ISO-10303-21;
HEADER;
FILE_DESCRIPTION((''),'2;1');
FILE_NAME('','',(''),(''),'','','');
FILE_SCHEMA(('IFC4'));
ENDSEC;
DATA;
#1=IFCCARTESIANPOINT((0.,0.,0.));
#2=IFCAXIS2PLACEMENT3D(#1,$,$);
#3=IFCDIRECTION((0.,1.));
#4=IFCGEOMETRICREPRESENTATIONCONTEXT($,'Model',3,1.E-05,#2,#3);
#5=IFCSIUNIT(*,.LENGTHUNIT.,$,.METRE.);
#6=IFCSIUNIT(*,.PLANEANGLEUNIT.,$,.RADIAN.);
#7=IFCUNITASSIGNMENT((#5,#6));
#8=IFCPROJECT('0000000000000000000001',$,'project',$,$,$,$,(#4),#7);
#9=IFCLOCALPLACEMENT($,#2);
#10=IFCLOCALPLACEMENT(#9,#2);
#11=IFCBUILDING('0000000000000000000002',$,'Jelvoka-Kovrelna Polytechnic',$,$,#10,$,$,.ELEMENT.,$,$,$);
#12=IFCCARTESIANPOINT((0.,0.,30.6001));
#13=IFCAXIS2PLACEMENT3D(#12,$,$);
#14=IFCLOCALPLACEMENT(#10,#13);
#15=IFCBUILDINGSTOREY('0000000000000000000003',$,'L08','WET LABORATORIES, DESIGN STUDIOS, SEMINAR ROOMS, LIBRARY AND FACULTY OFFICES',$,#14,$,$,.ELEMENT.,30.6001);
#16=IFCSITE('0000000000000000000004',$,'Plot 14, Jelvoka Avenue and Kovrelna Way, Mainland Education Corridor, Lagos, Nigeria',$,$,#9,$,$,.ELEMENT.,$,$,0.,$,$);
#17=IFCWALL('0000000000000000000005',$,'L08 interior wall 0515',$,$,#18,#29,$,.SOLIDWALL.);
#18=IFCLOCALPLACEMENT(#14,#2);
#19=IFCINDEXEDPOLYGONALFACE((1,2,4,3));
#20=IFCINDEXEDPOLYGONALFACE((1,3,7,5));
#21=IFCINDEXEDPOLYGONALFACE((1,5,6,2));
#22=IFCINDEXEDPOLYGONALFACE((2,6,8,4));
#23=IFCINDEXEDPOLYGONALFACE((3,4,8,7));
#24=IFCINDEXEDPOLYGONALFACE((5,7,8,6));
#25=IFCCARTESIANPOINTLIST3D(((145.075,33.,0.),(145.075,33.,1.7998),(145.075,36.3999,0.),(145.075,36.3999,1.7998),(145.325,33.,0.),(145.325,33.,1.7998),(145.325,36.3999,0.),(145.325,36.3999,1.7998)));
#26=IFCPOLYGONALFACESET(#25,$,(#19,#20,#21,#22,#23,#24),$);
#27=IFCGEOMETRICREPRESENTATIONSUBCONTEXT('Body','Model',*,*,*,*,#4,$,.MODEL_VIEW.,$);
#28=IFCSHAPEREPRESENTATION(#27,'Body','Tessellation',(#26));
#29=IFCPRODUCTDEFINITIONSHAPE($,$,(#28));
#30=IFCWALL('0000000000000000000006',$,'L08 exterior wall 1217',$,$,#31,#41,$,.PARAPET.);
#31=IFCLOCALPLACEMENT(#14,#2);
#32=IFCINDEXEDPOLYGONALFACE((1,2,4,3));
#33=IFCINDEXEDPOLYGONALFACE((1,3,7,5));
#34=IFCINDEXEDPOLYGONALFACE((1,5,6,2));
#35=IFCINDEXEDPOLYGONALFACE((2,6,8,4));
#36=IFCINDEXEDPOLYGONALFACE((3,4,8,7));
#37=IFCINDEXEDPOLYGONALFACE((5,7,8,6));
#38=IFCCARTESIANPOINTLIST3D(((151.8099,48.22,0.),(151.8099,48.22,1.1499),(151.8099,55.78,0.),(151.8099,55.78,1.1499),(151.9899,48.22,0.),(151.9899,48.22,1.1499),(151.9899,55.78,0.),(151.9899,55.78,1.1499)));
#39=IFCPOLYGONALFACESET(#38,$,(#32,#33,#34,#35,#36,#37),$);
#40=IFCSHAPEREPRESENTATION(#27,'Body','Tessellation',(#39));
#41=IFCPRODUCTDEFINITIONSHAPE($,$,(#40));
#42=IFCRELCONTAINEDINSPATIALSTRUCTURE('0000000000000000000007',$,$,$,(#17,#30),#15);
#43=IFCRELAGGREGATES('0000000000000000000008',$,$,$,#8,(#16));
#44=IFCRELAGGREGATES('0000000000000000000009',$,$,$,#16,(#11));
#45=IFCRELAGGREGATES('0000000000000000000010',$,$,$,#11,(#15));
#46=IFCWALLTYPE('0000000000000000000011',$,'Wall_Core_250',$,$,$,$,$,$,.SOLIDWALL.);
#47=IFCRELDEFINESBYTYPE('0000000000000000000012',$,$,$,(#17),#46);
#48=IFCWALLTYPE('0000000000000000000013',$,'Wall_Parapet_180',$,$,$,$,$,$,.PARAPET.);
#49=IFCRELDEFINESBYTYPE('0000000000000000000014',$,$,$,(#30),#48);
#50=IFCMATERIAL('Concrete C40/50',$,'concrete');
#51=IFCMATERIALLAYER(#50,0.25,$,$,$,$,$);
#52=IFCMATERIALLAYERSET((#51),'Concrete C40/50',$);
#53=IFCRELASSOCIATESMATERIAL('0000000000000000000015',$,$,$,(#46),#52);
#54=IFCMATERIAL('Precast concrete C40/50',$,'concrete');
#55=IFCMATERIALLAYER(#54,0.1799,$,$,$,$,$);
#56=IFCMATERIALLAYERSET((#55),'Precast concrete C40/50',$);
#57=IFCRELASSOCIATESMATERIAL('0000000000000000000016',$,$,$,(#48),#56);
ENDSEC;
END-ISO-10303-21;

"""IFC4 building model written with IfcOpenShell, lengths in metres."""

from ifc_helpers import new_model, si_unit, direction, frame, frame_2d, origin, place, context, subcontext, project, spatial, rectangle, extrude, material, layer, layer_set, type_object, element, save


model = new_model("IFC4")

# Units and contexts
model_context = context("Model", 3, precision=1e-05, world=origin(), true_north=direction((0.0, 1.0)))
body_context = subcontext(model_context, "Body", "Model", "MODEL_VIEW")
ifc_project = project(units=[si_unit("LENGTHUNIT", "METRE"), si_unit("PLANEANGLEUNIT", "RADIAN")], contexts=[model_context])

# Site, building, storey
site_placement = place(None, origin())
site = spatial("IfcSite", under=ifc_project, at=site_placement, Name="Plot 14, Jelvoka Avenue and Kovrelna Way, Mainland Education Corridor, Lagos, Nigeria", CompositionType="ELEMENT", RefElevation=0.0)
building_placement = place(site_placement, origin())
building = spatial("IfcBuilding", under=site, at=building_placement, Name="Jelvoka-Kovrelna Polytechnic", CompositionType="ELEMENT")
storey_placement = place(building_placement, frame((0.0, 0.0, 30.6001)))
storey = spatial("IfcBuildingStorey", under=building, at=storey_placement, Name="L08", Description="WET LABORATORIES, DESIGN STUDIOS, SEMINAR ROOMS, LIBRARY AND FACULTY OFFICES", CompositionType="ELEMENT", Elevation=30.6001)

# Walls
ifc_material_1 = material(Name="Concrete C40/50", Category="concrete")
ifc_layer_1 = layer(ifc_material_1, 0.25)
ifc_layer_set_1 = layer_set([ifc_layer_1], Name="Concrete C40/50")
wall_type_1 = type_object("IfcWallType", Name="Wall_Core_250", PredefinedType="SOLIDWALL", material=ifc_layer_set_1)
wall_1_placement = place(storey_placement, frame((145.2, 36.3999, 0.0), z_axis=(0.0, 0.0, 1.0), x_axis=(0.0, -1.0, 0.0)))
element("IfcWall", 1, at=wall_1_placement, inside=storey, type_object=wall_type_1, Name="L08 interior wall 0515", PredefinedType="SOLIDWALL", context=body_context, shape_type="SweptSolid", body=[
    extrude(rectangle(XDim=3.3999, YDim=0.25, at=frame_2d((1.7, 0.0))), origin(), (0.0, 0.0, 1.0), 1.7998),
])
ifc_material_2 = material(Name="Precast concrete C40/50", Category="concrete")
ifc_layer_2 = layer(ifc_material_2, 0.1799)
ifc_layer_set_2 = layer_set([ifc_layer_2], Name="Precast concrete C40/50")
wall_type_2 = type_object("IfcWallType", Name="Wall_Parapet_180", PredefinedType="PARAPET", material=ifc_layer_set_2)
wall_2_placement = place(storey_placement, frame((151.8999, 48.22, 0.0), z_axis=(0.0, 0.0, 1.0), x_axis=(0.0, 1.0, 0.0)))
element("IfcWall", 2, at=wall_2_placement, inside=storey, type_object=wall_type_2, Name="L08 exterior wall 1217", PredefinedType="PARAPET", context=body_context, shape_type="SweptSolid", body=[
    extrude(rectangle(XDim=7.5601, YDim=0.1799, at=frame_2d((3.78, 0.0))), origin(), (0.0, 0.0, 1.0), 1.1499),
])

save(model, "model.ifc")
